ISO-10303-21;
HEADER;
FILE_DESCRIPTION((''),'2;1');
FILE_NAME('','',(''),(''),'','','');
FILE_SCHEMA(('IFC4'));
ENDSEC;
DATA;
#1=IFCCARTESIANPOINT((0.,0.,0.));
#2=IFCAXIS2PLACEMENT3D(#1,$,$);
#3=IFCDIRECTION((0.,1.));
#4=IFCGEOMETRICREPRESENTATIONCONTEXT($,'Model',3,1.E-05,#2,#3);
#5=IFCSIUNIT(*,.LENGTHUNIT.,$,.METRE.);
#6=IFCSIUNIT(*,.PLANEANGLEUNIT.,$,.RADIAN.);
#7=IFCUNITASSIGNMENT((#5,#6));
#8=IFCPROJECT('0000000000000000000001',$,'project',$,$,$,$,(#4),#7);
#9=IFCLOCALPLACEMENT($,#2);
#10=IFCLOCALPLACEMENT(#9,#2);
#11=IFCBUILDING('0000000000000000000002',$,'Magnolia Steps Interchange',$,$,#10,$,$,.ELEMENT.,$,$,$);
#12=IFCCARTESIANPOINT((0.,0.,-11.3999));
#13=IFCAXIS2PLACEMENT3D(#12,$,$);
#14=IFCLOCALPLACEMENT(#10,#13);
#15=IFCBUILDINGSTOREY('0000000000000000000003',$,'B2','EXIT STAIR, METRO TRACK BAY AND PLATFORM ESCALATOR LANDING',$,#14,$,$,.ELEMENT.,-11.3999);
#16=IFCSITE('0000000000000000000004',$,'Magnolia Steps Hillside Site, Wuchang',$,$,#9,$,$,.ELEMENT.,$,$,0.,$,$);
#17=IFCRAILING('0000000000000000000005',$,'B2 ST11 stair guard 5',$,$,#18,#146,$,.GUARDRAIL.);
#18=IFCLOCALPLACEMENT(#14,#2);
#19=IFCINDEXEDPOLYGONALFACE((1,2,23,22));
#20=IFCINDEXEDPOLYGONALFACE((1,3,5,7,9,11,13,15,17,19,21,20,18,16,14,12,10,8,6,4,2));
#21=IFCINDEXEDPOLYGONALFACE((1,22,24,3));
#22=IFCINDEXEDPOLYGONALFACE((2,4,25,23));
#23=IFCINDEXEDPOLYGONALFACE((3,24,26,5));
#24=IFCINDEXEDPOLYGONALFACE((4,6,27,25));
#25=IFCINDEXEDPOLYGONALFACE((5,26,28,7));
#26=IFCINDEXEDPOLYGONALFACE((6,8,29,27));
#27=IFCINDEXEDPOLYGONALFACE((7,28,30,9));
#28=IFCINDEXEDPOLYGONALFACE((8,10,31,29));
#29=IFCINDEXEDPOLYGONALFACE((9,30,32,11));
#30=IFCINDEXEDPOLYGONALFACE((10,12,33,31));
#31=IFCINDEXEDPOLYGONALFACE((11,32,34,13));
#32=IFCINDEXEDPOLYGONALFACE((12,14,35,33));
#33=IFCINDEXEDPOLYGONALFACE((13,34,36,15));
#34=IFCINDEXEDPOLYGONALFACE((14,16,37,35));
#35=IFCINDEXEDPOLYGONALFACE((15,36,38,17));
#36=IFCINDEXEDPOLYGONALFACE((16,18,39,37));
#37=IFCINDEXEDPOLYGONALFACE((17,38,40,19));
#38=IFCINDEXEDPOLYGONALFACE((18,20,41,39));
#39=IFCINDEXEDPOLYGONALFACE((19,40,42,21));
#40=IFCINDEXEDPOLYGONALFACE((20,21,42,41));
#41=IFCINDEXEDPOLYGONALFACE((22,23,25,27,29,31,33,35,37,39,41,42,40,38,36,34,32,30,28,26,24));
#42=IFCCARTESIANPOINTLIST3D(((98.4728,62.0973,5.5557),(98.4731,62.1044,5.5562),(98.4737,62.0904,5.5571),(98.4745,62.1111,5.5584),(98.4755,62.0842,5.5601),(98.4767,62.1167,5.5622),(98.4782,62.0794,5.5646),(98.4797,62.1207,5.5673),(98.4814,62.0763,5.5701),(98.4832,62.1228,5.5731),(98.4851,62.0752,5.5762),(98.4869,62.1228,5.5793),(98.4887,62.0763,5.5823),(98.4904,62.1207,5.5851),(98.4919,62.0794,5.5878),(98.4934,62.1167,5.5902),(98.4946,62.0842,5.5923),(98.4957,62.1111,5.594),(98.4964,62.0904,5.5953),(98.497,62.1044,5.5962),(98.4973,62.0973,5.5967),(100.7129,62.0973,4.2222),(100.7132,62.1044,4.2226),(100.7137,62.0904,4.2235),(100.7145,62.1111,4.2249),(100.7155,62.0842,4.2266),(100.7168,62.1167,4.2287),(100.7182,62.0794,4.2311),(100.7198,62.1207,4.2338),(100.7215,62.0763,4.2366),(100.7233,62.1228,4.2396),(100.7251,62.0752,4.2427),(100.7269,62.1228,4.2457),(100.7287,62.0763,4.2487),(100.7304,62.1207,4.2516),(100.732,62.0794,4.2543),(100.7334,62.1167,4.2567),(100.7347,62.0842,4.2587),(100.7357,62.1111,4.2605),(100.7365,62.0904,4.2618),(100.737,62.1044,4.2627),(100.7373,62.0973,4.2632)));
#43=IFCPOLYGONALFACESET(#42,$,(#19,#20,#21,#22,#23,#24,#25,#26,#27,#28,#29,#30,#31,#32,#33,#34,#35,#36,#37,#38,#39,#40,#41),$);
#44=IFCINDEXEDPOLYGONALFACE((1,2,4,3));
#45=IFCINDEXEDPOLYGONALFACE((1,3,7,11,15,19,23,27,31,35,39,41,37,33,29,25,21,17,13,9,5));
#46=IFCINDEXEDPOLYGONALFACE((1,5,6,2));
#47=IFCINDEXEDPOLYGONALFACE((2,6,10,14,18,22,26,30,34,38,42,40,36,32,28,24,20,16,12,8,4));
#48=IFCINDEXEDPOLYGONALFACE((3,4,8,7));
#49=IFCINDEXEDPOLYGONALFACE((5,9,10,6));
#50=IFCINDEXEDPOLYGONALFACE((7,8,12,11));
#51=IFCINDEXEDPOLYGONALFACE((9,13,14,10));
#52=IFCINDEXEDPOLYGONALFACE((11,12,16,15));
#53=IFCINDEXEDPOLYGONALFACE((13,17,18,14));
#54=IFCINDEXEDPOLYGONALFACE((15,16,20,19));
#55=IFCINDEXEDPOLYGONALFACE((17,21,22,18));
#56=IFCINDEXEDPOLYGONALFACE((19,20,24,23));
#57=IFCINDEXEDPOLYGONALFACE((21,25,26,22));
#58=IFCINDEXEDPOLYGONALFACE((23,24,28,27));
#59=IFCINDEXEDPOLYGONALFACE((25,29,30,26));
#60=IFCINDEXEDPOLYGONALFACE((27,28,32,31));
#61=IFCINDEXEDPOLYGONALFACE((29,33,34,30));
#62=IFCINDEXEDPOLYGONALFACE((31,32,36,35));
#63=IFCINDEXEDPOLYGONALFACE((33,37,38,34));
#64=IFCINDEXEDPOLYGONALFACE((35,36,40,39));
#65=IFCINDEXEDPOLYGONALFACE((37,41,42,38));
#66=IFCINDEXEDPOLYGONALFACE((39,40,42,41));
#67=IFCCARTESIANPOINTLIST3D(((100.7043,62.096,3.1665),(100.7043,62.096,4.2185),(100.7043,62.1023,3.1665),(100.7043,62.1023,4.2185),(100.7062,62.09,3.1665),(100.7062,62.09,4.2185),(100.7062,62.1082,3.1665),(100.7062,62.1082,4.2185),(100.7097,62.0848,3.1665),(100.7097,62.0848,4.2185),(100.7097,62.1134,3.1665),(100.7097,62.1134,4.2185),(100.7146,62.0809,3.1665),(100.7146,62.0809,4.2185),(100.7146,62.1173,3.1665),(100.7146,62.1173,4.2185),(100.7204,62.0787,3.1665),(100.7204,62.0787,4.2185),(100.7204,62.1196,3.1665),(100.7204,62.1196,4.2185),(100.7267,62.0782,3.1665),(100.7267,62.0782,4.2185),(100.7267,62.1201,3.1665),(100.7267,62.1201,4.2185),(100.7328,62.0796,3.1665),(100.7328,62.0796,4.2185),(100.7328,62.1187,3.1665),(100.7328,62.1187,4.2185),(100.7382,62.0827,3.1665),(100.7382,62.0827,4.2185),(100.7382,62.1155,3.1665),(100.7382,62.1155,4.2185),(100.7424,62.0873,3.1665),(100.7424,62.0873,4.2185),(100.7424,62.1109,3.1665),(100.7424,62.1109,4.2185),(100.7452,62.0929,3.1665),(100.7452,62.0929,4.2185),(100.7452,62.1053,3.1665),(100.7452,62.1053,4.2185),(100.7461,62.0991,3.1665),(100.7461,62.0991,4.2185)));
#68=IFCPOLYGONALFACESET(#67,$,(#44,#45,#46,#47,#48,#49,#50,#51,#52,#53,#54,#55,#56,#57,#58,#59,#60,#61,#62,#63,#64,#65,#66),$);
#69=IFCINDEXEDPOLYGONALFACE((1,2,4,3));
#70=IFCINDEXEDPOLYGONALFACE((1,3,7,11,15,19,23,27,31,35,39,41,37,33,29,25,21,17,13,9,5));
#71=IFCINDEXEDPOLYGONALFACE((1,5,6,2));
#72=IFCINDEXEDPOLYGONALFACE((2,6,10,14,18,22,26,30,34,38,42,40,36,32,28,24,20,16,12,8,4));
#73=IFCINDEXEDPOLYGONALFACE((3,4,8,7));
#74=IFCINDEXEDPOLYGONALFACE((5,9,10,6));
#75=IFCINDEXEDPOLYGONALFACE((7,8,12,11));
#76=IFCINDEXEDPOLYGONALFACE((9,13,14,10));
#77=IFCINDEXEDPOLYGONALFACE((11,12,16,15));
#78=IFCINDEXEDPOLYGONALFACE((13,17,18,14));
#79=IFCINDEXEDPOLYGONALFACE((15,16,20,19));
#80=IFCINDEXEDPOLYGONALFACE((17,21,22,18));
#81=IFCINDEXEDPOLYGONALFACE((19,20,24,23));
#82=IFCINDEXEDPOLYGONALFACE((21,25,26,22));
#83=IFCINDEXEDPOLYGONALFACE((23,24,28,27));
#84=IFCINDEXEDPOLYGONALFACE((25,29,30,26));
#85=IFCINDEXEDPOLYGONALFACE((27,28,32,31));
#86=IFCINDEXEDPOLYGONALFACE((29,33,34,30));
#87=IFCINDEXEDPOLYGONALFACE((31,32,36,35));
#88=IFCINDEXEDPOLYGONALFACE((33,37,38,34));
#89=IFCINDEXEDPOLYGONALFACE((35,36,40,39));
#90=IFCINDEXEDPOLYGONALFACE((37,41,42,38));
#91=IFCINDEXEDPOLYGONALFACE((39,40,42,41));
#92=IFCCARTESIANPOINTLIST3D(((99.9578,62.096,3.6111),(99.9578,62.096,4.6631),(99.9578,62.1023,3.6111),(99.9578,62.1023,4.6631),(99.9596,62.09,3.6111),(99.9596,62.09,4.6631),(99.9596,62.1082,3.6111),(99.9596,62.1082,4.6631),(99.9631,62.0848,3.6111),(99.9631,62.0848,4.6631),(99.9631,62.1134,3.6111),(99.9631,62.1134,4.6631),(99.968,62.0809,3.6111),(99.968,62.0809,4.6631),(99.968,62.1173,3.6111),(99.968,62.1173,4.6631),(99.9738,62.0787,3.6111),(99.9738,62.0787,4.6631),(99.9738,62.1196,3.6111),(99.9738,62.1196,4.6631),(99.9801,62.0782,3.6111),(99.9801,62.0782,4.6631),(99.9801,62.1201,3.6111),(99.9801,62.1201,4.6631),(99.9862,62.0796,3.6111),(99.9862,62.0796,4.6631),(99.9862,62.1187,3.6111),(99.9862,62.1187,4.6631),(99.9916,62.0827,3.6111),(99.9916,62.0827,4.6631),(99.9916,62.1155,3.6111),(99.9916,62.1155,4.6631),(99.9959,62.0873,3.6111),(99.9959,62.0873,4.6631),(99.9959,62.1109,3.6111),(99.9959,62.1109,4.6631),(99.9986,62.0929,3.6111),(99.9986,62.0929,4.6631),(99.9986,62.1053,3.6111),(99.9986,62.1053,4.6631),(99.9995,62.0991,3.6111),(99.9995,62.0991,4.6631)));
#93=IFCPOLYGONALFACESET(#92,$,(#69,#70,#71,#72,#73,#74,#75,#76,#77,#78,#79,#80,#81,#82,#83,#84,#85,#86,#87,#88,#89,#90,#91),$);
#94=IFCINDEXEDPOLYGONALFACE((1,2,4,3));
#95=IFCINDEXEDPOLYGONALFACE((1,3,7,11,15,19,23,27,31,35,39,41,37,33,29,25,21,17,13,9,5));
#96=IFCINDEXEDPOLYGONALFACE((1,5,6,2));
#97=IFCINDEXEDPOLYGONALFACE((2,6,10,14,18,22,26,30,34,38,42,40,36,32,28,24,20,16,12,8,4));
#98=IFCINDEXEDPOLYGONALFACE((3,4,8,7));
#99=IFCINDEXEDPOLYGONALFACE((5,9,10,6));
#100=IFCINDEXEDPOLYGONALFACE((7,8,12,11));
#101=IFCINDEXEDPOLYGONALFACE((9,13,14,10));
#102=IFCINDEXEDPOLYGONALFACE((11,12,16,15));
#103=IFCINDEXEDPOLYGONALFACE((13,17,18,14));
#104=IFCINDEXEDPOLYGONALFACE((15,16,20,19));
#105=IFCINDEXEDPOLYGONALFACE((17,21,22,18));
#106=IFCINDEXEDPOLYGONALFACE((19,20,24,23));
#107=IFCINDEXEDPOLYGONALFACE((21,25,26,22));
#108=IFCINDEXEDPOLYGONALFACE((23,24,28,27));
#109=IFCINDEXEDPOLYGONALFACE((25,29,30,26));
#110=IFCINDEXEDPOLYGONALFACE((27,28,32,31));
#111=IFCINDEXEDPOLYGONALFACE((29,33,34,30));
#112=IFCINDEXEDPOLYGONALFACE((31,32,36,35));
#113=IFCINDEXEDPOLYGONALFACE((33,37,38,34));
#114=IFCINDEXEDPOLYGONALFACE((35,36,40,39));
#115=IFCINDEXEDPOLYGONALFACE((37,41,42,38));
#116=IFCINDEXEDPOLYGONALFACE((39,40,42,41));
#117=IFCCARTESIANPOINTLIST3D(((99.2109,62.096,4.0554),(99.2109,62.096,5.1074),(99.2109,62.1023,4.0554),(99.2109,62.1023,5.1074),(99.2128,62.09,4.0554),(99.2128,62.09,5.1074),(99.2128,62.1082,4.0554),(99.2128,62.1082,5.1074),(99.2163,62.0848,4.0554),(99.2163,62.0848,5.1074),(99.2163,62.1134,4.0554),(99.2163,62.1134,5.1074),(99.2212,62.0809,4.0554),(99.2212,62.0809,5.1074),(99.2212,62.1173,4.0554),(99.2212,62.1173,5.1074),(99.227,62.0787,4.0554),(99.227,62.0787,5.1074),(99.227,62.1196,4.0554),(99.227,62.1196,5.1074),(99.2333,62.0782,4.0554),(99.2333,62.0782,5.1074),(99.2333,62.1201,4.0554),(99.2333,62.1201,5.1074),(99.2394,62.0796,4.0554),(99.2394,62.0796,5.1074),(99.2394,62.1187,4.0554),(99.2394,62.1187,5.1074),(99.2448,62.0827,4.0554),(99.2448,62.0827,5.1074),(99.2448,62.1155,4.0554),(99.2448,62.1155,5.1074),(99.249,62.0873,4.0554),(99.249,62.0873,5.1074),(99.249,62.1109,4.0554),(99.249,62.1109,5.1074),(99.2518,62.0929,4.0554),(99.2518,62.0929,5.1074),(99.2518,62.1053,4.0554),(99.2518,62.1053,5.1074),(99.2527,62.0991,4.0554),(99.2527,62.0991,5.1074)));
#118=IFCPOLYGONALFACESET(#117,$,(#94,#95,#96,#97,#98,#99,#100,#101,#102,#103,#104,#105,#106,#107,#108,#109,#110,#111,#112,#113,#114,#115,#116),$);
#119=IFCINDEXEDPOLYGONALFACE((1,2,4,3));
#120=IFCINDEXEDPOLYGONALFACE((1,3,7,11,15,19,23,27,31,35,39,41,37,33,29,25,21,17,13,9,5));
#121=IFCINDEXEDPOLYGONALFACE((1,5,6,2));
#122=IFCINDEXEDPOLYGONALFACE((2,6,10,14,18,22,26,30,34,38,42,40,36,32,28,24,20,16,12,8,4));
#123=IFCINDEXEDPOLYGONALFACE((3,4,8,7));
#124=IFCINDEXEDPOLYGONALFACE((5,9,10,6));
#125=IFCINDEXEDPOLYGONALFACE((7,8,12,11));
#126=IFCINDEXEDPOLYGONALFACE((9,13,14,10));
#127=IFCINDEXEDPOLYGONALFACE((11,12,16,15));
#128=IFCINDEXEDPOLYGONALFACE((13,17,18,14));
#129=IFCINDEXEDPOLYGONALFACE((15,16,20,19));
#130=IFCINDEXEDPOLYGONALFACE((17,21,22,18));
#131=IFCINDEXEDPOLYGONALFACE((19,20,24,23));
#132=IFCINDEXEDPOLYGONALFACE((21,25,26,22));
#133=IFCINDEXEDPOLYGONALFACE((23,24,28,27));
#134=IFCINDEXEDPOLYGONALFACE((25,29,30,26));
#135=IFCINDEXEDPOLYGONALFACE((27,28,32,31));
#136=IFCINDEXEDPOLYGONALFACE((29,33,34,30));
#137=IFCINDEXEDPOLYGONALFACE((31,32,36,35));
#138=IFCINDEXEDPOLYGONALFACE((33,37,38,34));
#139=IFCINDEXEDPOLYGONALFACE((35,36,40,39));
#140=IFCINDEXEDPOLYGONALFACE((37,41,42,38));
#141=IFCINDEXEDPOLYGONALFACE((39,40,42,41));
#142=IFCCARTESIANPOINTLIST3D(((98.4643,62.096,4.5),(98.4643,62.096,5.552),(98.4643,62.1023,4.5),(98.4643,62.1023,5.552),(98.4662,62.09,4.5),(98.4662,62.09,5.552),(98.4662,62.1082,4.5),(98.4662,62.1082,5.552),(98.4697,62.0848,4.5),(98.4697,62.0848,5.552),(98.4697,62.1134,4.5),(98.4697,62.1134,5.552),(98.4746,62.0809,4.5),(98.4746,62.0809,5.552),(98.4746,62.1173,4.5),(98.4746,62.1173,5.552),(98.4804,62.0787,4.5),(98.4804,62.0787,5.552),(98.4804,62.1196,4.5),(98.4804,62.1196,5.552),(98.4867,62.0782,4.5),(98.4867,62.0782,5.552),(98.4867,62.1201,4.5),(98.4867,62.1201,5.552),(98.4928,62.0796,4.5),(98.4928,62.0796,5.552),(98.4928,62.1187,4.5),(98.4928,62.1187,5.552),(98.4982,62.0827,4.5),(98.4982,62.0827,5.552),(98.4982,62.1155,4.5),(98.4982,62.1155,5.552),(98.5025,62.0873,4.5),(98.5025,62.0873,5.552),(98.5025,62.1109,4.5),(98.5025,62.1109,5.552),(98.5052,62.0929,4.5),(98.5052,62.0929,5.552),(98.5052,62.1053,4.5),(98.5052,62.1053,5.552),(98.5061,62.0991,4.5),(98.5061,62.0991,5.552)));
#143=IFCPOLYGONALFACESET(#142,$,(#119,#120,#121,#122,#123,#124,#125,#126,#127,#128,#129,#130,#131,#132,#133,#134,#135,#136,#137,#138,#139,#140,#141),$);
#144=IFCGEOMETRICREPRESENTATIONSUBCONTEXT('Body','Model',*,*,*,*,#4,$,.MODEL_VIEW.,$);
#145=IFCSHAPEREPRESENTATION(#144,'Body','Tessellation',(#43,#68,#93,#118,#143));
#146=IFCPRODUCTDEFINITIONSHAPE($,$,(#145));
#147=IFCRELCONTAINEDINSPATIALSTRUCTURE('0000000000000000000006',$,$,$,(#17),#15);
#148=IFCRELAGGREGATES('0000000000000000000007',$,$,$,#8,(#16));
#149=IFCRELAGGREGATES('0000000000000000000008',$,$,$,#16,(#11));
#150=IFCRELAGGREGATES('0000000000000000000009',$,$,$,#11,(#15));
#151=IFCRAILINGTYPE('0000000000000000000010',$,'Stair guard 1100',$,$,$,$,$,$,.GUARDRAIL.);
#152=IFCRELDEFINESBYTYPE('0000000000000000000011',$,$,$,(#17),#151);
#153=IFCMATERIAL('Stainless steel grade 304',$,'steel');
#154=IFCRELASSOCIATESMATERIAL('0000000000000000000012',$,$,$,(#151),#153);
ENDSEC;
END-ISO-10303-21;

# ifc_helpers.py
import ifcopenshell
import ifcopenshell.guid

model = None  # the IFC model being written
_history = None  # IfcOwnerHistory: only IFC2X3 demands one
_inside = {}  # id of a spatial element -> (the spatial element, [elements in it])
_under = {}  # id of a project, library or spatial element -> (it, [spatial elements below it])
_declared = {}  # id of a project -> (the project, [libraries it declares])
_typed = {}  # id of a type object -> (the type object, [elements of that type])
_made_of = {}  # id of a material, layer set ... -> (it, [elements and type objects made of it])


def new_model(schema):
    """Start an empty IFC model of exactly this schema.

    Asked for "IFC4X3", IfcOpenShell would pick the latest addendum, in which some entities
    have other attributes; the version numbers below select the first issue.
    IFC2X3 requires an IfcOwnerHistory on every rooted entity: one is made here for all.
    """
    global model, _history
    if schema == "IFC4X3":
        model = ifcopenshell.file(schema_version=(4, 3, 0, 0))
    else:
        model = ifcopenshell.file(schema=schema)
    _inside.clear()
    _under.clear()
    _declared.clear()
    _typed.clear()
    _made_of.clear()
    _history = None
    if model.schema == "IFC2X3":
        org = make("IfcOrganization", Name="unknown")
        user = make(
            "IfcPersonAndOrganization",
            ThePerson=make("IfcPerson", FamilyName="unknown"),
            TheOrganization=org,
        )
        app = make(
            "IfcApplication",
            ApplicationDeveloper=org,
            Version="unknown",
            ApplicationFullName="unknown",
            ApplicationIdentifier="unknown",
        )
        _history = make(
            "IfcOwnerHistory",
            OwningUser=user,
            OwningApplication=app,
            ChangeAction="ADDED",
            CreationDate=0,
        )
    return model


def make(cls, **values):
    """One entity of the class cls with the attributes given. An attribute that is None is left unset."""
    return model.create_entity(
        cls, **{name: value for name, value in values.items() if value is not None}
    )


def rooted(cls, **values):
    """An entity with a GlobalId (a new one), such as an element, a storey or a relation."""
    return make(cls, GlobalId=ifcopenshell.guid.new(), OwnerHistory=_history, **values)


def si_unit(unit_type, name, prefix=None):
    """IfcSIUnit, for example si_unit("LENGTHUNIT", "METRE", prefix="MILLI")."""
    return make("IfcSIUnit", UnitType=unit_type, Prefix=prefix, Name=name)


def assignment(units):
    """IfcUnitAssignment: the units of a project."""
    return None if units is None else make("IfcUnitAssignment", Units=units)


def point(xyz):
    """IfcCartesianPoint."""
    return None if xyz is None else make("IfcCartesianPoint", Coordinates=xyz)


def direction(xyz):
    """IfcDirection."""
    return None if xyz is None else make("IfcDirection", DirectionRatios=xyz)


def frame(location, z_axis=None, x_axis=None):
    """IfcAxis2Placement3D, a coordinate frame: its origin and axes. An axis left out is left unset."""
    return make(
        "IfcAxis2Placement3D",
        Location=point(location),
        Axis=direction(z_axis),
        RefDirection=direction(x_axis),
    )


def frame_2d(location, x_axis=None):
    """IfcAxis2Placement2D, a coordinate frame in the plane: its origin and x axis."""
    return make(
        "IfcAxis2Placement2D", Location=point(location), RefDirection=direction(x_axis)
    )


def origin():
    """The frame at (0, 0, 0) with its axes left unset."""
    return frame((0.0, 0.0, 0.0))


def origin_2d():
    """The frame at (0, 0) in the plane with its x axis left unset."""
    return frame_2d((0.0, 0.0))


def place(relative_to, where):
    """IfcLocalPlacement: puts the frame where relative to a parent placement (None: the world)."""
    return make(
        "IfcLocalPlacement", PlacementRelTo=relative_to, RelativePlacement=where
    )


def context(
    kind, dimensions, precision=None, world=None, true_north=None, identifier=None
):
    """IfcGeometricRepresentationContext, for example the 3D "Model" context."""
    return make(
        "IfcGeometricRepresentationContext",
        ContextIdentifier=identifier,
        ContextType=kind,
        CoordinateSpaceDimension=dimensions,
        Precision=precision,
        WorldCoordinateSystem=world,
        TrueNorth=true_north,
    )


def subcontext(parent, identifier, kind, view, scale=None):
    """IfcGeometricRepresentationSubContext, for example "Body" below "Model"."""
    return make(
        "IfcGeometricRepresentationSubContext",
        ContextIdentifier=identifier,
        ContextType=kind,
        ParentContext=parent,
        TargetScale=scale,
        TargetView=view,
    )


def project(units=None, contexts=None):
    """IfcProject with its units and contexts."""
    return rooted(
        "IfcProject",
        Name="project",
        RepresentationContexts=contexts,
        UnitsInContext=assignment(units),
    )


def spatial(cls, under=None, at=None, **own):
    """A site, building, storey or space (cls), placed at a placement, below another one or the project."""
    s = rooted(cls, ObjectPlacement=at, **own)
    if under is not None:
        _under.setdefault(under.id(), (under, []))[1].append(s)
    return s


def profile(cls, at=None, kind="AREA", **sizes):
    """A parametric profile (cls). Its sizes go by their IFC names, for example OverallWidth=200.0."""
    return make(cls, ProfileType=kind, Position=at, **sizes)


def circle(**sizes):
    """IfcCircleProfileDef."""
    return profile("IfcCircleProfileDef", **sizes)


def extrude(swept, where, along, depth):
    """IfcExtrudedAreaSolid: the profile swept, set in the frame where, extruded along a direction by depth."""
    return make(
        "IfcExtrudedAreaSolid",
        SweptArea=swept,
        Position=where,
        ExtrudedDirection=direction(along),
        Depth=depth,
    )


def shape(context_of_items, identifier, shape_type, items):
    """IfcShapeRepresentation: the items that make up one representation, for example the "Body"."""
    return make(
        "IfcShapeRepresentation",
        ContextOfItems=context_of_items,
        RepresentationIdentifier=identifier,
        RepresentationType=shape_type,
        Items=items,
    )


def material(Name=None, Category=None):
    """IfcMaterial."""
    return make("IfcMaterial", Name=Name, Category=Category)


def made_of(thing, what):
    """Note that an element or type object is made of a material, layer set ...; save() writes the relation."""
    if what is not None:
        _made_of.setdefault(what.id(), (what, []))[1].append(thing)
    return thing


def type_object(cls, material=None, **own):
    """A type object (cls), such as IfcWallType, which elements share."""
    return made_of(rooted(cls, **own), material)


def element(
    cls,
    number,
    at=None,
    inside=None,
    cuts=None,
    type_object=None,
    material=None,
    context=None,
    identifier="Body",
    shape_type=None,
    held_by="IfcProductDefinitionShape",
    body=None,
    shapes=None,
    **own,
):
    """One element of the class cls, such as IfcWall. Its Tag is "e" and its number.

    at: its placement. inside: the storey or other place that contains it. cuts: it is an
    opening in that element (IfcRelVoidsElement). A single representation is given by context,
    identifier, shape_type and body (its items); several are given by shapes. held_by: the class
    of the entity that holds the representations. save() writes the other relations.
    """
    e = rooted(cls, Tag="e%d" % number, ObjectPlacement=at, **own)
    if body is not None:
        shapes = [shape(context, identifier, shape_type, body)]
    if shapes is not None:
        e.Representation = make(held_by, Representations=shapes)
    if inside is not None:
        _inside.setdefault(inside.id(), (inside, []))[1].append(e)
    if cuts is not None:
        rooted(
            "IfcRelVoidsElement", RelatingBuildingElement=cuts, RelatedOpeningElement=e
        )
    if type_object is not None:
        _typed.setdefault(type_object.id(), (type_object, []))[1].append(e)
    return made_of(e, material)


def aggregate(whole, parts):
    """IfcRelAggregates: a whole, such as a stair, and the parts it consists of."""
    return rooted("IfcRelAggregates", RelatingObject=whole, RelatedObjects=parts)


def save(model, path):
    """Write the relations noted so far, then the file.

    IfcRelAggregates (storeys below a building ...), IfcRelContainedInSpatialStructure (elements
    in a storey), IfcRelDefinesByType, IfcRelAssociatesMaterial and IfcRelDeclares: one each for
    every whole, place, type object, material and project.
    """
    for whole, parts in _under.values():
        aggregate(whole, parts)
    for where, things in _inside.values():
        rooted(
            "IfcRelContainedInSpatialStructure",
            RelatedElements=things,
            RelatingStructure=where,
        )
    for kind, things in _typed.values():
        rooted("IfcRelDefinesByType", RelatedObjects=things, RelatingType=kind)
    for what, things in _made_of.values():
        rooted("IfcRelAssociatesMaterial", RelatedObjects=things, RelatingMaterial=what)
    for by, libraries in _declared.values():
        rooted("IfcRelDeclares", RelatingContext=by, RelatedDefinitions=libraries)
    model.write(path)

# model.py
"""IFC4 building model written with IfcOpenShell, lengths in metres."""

from ifc_helpers import new_model, si_unit, direction, frame, origin, origin_2d, place, context, subcontext, project, spatial, circle, extrude, material, type_object, element, save


model = new_model("IFC4")

# Units and contexts
model_context = context("Model", 3, precision=1e-05, world=origin(), true_north=direction((0.0, 1.0)))
body_context = subcontext(model_context, "Body", "Model", "MODEL_VIEW")
ifc_project = project(units=[si_unit("LENGTHUNIT", "METRE"), si_unit("PLANEANGLEUNIT", "RADIAN")], contexts=[model_context])

# Site, building, storey
site_placement = place(None, origin())
site = spatial("IfcSite", under=ifc_project, at=site_placement, Name="Magnolia Steps Hillside Site, Wuchang", CompositionType="ELEMENT", RefElevation=0.0)
building_placement = place(site_placement, origin())
building = spatial("IfcBuilding", under=site, at=building_placement, Name="Magnolia Steps Interchange", CompositionType="ELEMENT")
storey_placement = place(building_placement, frame((0.0, 0.0, -11.3999)))
storey = spatial("IfcBuildingStorey", under=building, at=storey_placement, Name="B2", Description="EXIT STAIR, METRO TRACK BAY AND PLATFORM ESCALATOR LANDING", CompositionType="ELEMENT", Elevation=-11.3999)

# Railing
ifc_material_1 = material(Name="Stainless steel grade 304", Category="steel")
railing_type_1 = type_object("IfcRailingType", Name="Stair guard 1100", PredefinedType="GUARDRAIL", material=ifc_material_1)
railing_1_placement = place(storey_placement, frame((100.7251, 62.0991, 3.1665)))
element("IfcRailing", 1, at=railing_1_placement, inside=storey, type_object=railing_type_1, Name="B2 ST11 stair guard 5", PredefinedType="GUARDRAIL", context=body_context, shape_type="SweptSolid", body=[
    extrude(circle(Radius=0.0239, at=origin_2d()), frame((0.0, 0.0, 1.0762), z_axis=(-0.859264, 0.0, 0.511532), x_axis=(0.0, -1.0, 0.0)), (0.0, 0.0, 1.0), 2.6069),
    extrude(circle(Radius=0.021, at=origin_2d()), origin(), (0.0, 0.0, 1.0), 1.052),
    extrude(circle(Radius=0.021, at=origin_2d()), frame((-0.7466, 0.0, 0.4446)), (0.0, 0.0, 1.0), 1.052),
    extrude(circle(Radius=0.021, at=origin_2d()), frame((-1.4934, 0.0, 0.8889)), (0.0, 0.0, 1.0), 1.052),
    extrude(circle(Radius=0.021, at=origin_2d()), frame((-2.24, 0.0, 1.3335)), (0.0, 0.0, 1.0), 1.052),
])

save(model, "model.ifc")
